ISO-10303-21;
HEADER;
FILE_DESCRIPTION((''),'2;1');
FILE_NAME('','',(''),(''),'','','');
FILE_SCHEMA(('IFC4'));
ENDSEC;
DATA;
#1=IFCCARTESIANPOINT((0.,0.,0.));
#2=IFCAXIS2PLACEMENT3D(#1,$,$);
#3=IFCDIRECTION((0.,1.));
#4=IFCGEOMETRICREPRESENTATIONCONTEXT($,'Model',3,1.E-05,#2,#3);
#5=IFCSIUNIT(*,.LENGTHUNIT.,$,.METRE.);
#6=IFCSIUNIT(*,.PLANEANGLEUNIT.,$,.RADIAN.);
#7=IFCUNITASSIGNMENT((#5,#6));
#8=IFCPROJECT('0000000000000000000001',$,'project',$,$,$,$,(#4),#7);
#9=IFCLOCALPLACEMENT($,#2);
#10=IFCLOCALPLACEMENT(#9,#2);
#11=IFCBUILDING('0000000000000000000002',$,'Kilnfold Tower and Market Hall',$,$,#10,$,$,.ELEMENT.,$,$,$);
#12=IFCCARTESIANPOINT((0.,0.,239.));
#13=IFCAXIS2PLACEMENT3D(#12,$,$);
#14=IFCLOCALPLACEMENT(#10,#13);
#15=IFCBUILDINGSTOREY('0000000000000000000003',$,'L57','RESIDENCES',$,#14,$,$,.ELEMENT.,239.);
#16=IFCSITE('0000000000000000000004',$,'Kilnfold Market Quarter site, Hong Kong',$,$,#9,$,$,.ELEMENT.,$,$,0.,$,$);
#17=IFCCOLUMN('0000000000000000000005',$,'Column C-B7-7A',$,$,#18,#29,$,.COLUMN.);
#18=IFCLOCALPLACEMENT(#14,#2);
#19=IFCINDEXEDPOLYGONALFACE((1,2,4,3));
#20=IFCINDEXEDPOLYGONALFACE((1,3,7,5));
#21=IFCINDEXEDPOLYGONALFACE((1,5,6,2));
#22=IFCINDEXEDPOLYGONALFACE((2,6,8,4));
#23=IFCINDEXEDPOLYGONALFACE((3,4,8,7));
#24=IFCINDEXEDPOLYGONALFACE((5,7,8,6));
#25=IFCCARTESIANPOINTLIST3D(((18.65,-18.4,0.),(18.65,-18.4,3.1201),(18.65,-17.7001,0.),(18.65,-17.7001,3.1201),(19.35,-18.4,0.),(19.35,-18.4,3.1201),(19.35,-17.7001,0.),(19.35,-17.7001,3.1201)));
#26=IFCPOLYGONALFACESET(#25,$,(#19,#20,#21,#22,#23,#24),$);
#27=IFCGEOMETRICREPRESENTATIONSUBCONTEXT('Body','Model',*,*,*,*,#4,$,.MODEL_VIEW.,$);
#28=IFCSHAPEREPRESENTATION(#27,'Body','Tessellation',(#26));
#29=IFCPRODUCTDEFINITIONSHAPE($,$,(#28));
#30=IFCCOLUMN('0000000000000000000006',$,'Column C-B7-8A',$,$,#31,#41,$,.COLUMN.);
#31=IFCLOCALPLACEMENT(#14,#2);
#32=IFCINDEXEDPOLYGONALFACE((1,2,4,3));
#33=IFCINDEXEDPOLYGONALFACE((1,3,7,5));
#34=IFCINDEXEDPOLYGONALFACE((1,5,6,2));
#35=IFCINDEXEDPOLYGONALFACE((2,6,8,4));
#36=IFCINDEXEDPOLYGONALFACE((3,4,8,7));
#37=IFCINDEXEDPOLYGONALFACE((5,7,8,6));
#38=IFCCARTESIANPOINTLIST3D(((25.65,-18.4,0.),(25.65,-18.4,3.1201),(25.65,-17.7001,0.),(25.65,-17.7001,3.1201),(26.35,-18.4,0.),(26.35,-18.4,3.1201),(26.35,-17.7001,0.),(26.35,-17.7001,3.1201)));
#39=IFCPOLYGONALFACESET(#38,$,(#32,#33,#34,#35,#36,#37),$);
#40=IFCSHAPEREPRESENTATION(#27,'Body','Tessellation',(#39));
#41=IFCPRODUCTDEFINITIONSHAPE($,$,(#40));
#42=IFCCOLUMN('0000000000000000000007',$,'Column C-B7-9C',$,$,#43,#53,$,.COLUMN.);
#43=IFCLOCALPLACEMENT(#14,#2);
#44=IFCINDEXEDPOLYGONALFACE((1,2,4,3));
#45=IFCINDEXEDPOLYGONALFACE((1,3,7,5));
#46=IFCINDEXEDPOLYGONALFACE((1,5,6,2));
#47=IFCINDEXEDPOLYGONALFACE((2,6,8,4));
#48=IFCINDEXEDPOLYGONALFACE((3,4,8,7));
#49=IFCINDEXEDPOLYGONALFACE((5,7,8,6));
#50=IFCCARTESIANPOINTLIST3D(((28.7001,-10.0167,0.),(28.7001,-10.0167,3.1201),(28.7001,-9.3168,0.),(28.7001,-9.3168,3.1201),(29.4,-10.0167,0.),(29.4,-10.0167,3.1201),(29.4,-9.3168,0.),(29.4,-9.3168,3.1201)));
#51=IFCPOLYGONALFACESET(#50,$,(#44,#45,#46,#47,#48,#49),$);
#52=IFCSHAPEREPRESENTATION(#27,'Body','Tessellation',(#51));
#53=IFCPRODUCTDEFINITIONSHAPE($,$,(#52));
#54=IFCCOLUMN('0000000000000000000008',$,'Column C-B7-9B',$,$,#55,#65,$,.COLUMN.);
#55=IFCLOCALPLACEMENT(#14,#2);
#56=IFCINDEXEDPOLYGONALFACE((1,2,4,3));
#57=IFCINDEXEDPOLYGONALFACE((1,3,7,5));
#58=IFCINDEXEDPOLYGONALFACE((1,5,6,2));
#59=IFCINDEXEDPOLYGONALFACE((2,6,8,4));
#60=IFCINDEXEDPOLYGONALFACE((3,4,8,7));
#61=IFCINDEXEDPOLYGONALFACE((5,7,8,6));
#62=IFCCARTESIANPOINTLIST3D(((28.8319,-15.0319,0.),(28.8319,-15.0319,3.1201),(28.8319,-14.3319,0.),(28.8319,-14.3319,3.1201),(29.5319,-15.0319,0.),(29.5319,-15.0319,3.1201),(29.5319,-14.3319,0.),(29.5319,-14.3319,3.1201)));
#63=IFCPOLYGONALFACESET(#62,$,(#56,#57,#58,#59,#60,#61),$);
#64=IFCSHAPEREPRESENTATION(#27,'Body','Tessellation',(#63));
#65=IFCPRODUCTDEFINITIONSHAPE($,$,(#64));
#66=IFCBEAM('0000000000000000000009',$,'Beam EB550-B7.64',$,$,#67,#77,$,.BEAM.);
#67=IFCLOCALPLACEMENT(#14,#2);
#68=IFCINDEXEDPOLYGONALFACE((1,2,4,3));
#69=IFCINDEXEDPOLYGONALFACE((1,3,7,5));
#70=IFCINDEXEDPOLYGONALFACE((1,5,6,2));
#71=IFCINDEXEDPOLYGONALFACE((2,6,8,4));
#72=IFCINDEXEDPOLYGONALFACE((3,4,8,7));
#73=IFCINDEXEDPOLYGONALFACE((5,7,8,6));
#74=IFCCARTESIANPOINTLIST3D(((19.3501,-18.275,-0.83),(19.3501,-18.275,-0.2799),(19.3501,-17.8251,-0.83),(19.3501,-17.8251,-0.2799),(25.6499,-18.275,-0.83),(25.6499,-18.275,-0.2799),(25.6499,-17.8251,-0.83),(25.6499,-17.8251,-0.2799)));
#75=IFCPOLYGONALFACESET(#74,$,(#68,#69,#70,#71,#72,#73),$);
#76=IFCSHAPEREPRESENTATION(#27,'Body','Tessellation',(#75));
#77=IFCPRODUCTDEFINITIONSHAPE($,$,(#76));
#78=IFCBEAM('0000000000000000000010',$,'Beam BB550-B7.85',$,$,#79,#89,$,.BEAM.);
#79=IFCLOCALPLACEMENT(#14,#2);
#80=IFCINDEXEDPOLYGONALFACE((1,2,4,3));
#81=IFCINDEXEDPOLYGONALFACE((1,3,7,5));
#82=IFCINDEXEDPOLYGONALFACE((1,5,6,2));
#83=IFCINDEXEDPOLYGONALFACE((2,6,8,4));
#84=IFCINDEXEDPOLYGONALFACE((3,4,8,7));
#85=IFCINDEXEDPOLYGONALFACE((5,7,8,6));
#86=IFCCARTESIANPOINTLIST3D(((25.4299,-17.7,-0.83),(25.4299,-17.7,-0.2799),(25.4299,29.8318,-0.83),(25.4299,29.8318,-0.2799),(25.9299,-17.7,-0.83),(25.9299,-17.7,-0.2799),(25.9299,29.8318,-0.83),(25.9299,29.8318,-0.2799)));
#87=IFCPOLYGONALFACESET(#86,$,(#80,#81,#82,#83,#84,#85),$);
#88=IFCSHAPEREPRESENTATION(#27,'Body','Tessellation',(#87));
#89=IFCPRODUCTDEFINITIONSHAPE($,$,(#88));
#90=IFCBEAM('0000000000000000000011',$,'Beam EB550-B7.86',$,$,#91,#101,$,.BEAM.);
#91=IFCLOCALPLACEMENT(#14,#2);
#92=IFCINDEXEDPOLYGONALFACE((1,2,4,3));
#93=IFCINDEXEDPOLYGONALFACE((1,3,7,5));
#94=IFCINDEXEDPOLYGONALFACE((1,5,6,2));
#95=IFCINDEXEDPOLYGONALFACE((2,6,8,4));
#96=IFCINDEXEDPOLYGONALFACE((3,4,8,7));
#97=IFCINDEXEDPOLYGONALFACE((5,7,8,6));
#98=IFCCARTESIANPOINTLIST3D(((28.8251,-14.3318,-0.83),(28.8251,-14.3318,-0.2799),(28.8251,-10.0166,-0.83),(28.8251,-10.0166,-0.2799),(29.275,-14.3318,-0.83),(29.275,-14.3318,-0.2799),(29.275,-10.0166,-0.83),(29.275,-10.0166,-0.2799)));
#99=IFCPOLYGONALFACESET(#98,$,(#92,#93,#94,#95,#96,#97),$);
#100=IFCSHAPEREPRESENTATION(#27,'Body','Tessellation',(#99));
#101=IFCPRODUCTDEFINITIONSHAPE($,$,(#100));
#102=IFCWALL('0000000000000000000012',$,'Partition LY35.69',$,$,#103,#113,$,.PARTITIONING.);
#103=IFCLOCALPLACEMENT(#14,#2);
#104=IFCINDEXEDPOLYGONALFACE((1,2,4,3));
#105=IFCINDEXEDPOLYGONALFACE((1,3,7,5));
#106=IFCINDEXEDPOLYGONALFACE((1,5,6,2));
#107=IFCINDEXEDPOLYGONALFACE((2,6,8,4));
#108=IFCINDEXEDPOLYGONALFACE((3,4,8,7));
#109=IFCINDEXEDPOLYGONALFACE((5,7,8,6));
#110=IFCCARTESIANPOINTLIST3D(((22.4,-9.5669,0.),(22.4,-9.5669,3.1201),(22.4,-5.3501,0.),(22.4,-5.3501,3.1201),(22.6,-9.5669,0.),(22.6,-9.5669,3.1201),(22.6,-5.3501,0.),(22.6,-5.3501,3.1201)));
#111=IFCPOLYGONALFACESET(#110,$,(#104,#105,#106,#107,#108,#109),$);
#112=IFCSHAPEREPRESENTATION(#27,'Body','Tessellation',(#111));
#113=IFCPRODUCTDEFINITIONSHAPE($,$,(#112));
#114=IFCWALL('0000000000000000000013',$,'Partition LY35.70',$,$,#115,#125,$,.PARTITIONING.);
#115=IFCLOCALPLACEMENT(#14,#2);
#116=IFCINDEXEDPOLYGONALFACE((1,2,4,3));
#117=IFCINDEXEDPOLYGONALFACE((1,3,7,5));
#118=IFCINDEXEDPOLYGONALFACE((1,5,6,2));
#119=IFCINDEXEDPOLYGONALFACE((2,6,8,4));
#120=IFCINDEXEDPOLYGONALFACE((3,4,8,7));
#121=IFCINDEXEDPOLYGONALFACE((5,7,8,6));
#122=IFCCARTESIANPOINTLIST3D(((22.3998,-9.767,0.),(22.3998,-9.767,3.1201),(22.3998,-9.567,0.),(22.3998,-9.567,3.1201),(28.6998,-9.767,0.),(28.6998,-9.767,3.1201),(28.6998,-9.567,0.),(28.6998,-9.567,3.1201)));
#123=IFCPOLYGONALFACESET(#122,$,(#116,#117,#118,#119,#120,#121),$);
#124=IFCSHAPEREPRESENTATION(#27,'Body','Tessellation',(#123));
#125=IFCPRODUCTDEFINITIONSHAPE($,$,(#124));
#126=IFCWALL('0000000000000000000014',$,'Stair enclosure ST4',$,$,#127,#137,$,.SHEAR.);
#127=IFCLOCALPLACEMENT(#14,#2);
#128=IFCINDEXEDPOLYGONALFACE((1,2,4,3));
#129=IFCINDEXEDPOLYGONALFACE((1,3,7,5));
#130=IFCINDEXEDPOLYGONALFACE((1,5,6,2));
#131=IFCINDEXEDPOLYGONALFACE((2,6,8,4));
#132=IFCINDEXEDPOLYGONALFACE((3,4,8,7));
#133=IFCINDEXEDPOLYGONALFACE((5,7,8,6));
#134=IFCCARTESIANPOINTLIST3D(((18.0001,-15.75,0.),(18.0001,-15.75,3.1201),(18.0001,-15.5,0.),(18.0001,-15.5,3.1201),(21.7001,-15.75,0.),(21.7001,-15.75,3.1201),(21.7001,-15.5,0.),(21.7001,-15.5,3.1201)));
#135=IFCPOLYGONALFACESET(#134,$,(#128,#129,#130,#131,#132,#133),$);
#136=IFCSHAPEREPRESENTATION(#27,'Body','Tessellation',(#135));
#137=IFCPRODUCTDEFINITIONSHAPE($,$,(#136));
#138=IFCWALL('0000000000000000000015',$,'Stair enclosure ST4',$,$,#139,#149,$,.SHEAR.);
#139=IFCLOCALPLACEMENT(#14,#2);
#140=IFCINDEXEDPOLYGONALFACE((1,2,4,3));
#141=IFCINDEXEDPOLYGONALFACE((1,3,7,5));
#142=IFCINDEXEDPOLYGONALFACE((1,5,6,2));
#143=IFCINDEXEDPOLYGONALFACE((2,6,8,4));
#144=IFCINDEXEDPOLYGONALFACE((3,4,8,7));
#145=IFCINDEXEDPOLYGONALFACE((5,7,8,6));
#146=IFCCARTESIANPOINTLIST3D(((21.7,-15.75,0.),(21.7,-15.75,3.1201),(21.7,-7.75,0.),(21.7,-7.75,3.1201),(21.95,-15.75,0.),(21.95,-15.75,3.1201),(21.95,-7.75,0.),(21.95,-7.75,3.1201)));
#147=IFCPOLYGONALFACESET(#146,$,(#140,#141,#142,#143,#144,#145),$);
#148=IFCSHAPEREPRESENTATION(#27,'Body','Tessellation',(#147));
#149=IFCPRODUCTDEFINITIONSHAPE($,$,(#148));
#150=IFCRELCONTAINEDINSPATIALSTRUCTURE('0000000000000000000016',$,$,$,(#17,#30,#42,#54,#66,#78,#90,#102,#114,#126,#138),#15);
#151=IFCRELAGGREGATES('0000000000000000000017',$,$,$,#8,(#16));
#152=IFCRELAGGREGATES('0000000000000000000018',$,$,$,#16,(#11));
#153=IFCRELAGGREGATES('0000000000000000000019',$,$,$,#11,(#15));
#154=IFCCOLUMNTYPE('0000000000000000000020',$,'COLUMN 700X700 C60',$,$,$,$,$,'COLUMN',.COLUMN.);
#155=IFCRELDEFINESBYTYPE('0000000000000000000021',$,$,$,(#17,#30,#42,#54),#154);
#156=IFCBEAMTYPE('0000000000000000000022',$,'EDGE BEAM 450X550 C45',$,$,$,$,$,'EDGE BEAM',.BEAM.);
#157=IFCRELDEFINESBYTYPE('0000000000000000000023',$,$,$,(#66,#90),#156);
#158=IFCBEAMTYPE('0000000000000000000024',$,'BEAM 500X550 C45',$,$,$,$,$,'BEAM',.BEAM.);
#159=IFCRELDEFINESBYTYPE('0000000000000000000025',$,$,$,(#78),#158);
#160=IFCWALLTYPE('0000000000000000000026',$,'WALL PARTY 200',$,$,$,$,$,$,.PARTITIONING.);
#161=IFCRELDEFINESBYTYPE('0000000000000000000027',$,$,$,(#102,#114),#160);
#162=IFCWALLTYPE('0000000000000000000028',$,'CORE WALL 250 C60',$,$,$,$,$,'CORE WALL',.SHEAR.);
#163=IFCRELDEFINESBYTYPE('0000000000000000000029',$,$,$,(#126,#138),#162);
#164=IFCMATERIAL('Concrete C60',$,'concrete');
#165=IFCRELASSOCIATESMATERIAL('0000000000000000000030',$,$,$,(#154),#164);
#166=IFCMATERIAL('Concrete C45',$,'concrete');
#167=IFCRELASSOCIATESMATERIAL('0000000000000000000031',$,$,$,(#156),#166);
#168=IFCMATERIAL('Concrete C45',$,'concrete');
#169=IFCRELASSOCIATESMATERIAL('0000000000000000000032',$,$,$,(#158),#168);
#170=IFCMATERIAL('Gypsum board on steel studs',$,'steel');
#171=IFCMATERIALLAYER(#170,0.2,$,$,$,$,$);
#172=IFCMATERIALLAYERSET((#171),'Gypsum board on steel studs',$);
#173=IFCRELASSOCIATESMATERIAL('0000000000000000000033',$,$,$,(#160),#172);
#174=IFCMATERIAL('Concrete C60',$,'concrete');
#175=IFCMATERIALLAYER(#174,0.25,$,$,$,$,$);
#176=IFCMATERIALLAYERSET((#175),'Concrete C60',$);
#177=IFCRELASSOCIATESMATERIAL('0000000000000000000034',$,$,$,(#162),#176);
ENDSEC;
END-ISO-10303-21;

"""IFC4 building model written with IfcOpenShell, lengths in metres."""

from ifc_helpers import new_model, si_unit, direction, frame, frame_2d, origin, origin_2d, place, context, subcontext, project, spatial, rectangle, extrude, source, transform, mapped, material, layer, layer_set, material_profile, profile_set, type_object, element, save


model = new_model("IFC4")

# Units and contexts
model_context = context("Model", 3, precision=1e-05, world=origin(), true_north=direction((0.0, 1.0)))
body_context = subcontext(model_context, "Body", "Model", "MODEL_VIEW")
ifc_project = project(units=[si_unit("LENGTHUNIT", "METRE"), si_unit("PLANEANGLEUNIT", "RADIAN")], contexts=[model_context])

# Site, building, storey
site_placement = place(None, origin())
site = spatial("IfcSite", under=ifc_project, at=site_placement, Name="Kilnfold Market Quarter site, Hong Kong", CompositionType="ELEMENT", RefElevation=0.0)
building_placement = place(site_placement, origin())
building = spatial("IfcBuilding", under=site, at=building_placement, Name="Kilnfold Tower and Market Hall", CompositionType="ELEMENT")
storey_placement = place(building_placement, frame((0.0, 0.0, 239.0)))
storey = spatial("IfcBuildingStorey", under=building, at=storey_placement, Name="L57", Description="RESIDENCES", CompositionType="ELEMENT", Elevation=239.0)

# Columns
ifc_material_1 = material(Name="Concrete C60", Category="concrete")
ifc_material_profile_1 = material_profile(ifc_material_1, rectangle(XDim=0.7, YDim=0.7, at=origin_2d()), Name="RC 700x700")
ifc_profile_set_1 = profile_set([ifc_material_profile_1], Name="Concrete C60")
column_type = type_object("IfcColumnType", Name="COLUMN 700X700 C60", ElementType="COLUMN", PredefinedType="COLUMN", material=ifc_profile_set_1)
shared_shape_1 = source(origin(), body_context, "Body", "SweptSolid", [
    extrude(rectangle(XDim=0.7, YDim=0.7, at=origin_2d()), origin(), (0.0, 0.0, 1.0), 3.1201),
])
for number, where, z_axis, x_axis, name in (
    (1, (19.0, -18.05, 0.0), (0.0, 0.0, 1.0), (1.0, 0.0, 0.0), "Column C-B7-7A"),
    (2, (26.0, -18.05, 0.0), (0.0, 0.0, 1.0), (1.0, 0.0, 0.0), "Column C-B7-8A"),
    (3, (29.05, -9.6667, 0.0), (0.0, 0.0, 1.0), (1.0, 0.0, 0.0), "Column C-B7-9C"),
    (4, (29.1819, -14.6819, 0.0), (0.0, 0.0, 1.0), (1.0, 0.0, 0.0), "Column C-B7-9B"),
):
    element("IfcColumn", number, at=place(storey_placement, frame(where, z_axis=z_axis, x_axis=x_axis)), inside=storey, type_object=column_type, Name=name, PredefinedType="COLUMN", context=body_context, shape_type="MappedRepresentation", body=[
        mapped(shared_shape_1, transform((0.0, 0.0, 0.0))),
    ])

# Beams
ifc_material_2 = material(Name="Concrete C45", Category="concrete")
ifc_material_profile_2 = material_profile(ifc_material_2, rectangle(XDim=0.45, YDim=0.55, at=origin_2d()), Name="RC 450x550")
ifc_profile_set_2 = profile_set([ifc_material_profile_2], Name="Concrete C45")
beam_type_1 = type_object("IfcBeamType", Name="EDGE BEAM 450X550 C45", ElementType="EDGE BEAM", PredefinedType="BEAM", material=ifc_profile_set_2)
shared_shape_2 = source(origin(), body_context, "Body", "SweptSolid", [
    extrude(rectangle(XDim=0.45, YDim=0.55, at=origin_2d()), origin(), (0.0, 0.0, 1.0), 6.2998),
])
beam_1_placement = place(storey_placement, frame((19.3501, -18.05, -0.5549), z_axis=(1.0, 0.0, 0.0), x_axis=(0.0, 1.0, 0.0)))
element("IfcBeam", 5, at=beam_1_placement, inside=storey, type_object=beam_type_1, Name="Beam EB550-B7.64", PredefinedType="BEAM", context=body_context, shape_type="MappedRepresentation", body=[
    mapped(shared_shape_2, transform((0.0, 0.0, 0.0))),
])
ifc_material_3 = material(Name="Concrete C45", Category="concrete")
ifc_material_profile_3 = material_profile(ifc_material_3, rectangle(XDim=0.5, YDim=0.55, at=origin_2d()), Name="RC 500x550")
ifc_profile_set_3 = profile_set([ifc_material_profile_3], Name="Concrete C45")
beam_type_2 = type_object("IfcBeamType", Name="BEAM 500X550 C45", ElementType="BEAM", PredefinedType="BEAM", material=ifc_profile_set_3)
shared_shape_3 = source(origin(), body_context, "Body", "SweptSolid", [
    extrude(rectangle(XDim=0.5, YDim=0.55, at=origin_2d()), origin(), (0.0, 0.0, 1.0), 47.5317),
])
beam_2_placement = place(storey_placement, frame((25.6799, -17.7, -0.5549), z_axis=(0.0, 1.0, 0.0), x_axis=(-1.0, 0.0, 0.0)))
element("IfcBeam", 6, at=beam_2_placement, inside=storey, type_object=beam_type_2, Name="Beam BB550-B7.85", PredefinedType="BEAM", context=body_context, shape_type="MappedRepresentation", body=[
    mapped(shared_shape_3, transform((0.0, 0.0, 0.0))),
])
shared_shape_4 = source(origin(), body_context, "Body", "SweptSolid", [
    extrude(rectangle(XDim=0.45, YDim=0.55, at=origin_2d()), origin(), (0.0, 0.0, 1.0), 4.3152),
])
beam_3_placement = place(storey_placement, frame((29.05, -14.3318, -0.5549), z_axis=(0.0, 1.0, 0.0), x_axis=(-1.0, 0.0, 0.0)))
element("IfcBeam", 7, at=beam_3_placement, inside=storey, type_object=beam_type_1, Name="Beam EB550-B7.86", PredefinedType="BEAM", context=body_context, shape_type="MappedRepresentation", body=[
    mapped(shared_shape_4, transform((0.0, 0.0, 0.0))),
])

# Walls
ifc_material_4 = material(Name="Gypsum board on steel studs", Category="steel")
ifc_layer_1 = layer(ifc_material_4, 0.2)
ifc_layer_set_1 = layer_set([ifc_layer_1], Name="Gypsum board on steel studs")
wall_type_1 = type_object("IfcWallType", Name="WALL PARTY 200", PredefinedType="PARTITIONING", material=ifc_layer_set_1)
wall_1_placement = place(storey_placement, frame((22.5, -9.5669, 0.0), z_axis=(0.0, 0.0, 1.0), x_axis=(0.0, 1.0, 0.0)))
element("IfcWall", 8, at=wall_1_placement, inside=storey, type_object=wall_type_1, Name="Partition LY35.69", PredefinedType="PARTITIONING", context=body_context, shape_type="SweptSolid", body=[
    extrude(rectangle(XDim=4.2168, YDim=0.2, at=frame_2d((2.1084, 0.0))), origin(), (0.0, 0.0, 1.0), 3.1201),
])
wall_2_placement = place(storey_placement, frame((22.3999, -9.667, 0.0), z_axis=(0.0, 0.0, 1.0), x_axis=(1.0, 0.0, 0.0)))
element("IfcWall", 9, at=wall_2_placement, inside=storey, type_object=wall_type_1, Name="Partition LY35.70", PredefinedType="PARTITIONING", context=body_context, shape_type="SweptSolid", body=[
    extrude(rectangle(XDim=6.3, YDim=0.2, at=frame_2d((3.1499, 0.0))), origin(), (0.0, 0.0, 1.0), 3.1201),
])
ifc_material_5 = material(Name="Concrete C60", Category="concrete")
ifc_layer_2 = layer(ifc_material_5, 0.25)
ifc_layer_set_2 = layer_set([ifc_layer_2], Name="Concrete C60")
wall_type_2 = type_object("IfcWallType", Name="CORE WALL 250 C60", ElementType="CORE WALL", PredefinedType="SHEAR", material=ifc_layer_set_2)
shared_shape_5 = source(origin(), body_context, "Body", "SweptSolid", [
    extrude(rectangle(XDim=3.7, YDim=0.25, at=frame_2d((1.8501, 0.0))), origin(), (0.0, 0.0, 1.0), 3.1201),
])
wall_3_placement = place(storey_placement, frame((18.0, -15.625, 0.0), z_axis=(0.0, 0.0, 1.0), x_axis=(1.0, 0.0, 0.0)))
element("IfcWall", 10, at=wall_3_placement, inside=storey, type_object=wall_type_2, Name="Stair enclosure ST4", PredefinedType="SHEAR", context=body_context, shape_type="MappedRepresentation", body=[
    mapped(shared_shape_5, transform((0.0, 0.0, 0.0))),
])
shared_shape_6 = source(origin(), body_context, "Body", "SweptSolid", [
    extrude(rectangle(XDim=8.0, YDim=0.25, at=frame_2d((4.0, 0.0))), origin(), (0.0, 0.0, 1.0), 3.1201),
])
wall_4_placement = place(storey_placement, frame((21.825, -15.75, 0.0), z_axis=(0.0, 0.0, 1.0), x_axis=(0.0, 1.0, 0.0)))
element("IfcWall", 11, at=wall_4_placement, inside=storey, type_object=wall_type_2, Name="Stair enclosure ST4", PredefinedType="SHEAR", context=body_context, shape_type="MappedRepresentation", body=[
    mapped(shared_shape_6, transform((0.0, 0.0, 0.0))),
])

save(model, "model.ifc")
